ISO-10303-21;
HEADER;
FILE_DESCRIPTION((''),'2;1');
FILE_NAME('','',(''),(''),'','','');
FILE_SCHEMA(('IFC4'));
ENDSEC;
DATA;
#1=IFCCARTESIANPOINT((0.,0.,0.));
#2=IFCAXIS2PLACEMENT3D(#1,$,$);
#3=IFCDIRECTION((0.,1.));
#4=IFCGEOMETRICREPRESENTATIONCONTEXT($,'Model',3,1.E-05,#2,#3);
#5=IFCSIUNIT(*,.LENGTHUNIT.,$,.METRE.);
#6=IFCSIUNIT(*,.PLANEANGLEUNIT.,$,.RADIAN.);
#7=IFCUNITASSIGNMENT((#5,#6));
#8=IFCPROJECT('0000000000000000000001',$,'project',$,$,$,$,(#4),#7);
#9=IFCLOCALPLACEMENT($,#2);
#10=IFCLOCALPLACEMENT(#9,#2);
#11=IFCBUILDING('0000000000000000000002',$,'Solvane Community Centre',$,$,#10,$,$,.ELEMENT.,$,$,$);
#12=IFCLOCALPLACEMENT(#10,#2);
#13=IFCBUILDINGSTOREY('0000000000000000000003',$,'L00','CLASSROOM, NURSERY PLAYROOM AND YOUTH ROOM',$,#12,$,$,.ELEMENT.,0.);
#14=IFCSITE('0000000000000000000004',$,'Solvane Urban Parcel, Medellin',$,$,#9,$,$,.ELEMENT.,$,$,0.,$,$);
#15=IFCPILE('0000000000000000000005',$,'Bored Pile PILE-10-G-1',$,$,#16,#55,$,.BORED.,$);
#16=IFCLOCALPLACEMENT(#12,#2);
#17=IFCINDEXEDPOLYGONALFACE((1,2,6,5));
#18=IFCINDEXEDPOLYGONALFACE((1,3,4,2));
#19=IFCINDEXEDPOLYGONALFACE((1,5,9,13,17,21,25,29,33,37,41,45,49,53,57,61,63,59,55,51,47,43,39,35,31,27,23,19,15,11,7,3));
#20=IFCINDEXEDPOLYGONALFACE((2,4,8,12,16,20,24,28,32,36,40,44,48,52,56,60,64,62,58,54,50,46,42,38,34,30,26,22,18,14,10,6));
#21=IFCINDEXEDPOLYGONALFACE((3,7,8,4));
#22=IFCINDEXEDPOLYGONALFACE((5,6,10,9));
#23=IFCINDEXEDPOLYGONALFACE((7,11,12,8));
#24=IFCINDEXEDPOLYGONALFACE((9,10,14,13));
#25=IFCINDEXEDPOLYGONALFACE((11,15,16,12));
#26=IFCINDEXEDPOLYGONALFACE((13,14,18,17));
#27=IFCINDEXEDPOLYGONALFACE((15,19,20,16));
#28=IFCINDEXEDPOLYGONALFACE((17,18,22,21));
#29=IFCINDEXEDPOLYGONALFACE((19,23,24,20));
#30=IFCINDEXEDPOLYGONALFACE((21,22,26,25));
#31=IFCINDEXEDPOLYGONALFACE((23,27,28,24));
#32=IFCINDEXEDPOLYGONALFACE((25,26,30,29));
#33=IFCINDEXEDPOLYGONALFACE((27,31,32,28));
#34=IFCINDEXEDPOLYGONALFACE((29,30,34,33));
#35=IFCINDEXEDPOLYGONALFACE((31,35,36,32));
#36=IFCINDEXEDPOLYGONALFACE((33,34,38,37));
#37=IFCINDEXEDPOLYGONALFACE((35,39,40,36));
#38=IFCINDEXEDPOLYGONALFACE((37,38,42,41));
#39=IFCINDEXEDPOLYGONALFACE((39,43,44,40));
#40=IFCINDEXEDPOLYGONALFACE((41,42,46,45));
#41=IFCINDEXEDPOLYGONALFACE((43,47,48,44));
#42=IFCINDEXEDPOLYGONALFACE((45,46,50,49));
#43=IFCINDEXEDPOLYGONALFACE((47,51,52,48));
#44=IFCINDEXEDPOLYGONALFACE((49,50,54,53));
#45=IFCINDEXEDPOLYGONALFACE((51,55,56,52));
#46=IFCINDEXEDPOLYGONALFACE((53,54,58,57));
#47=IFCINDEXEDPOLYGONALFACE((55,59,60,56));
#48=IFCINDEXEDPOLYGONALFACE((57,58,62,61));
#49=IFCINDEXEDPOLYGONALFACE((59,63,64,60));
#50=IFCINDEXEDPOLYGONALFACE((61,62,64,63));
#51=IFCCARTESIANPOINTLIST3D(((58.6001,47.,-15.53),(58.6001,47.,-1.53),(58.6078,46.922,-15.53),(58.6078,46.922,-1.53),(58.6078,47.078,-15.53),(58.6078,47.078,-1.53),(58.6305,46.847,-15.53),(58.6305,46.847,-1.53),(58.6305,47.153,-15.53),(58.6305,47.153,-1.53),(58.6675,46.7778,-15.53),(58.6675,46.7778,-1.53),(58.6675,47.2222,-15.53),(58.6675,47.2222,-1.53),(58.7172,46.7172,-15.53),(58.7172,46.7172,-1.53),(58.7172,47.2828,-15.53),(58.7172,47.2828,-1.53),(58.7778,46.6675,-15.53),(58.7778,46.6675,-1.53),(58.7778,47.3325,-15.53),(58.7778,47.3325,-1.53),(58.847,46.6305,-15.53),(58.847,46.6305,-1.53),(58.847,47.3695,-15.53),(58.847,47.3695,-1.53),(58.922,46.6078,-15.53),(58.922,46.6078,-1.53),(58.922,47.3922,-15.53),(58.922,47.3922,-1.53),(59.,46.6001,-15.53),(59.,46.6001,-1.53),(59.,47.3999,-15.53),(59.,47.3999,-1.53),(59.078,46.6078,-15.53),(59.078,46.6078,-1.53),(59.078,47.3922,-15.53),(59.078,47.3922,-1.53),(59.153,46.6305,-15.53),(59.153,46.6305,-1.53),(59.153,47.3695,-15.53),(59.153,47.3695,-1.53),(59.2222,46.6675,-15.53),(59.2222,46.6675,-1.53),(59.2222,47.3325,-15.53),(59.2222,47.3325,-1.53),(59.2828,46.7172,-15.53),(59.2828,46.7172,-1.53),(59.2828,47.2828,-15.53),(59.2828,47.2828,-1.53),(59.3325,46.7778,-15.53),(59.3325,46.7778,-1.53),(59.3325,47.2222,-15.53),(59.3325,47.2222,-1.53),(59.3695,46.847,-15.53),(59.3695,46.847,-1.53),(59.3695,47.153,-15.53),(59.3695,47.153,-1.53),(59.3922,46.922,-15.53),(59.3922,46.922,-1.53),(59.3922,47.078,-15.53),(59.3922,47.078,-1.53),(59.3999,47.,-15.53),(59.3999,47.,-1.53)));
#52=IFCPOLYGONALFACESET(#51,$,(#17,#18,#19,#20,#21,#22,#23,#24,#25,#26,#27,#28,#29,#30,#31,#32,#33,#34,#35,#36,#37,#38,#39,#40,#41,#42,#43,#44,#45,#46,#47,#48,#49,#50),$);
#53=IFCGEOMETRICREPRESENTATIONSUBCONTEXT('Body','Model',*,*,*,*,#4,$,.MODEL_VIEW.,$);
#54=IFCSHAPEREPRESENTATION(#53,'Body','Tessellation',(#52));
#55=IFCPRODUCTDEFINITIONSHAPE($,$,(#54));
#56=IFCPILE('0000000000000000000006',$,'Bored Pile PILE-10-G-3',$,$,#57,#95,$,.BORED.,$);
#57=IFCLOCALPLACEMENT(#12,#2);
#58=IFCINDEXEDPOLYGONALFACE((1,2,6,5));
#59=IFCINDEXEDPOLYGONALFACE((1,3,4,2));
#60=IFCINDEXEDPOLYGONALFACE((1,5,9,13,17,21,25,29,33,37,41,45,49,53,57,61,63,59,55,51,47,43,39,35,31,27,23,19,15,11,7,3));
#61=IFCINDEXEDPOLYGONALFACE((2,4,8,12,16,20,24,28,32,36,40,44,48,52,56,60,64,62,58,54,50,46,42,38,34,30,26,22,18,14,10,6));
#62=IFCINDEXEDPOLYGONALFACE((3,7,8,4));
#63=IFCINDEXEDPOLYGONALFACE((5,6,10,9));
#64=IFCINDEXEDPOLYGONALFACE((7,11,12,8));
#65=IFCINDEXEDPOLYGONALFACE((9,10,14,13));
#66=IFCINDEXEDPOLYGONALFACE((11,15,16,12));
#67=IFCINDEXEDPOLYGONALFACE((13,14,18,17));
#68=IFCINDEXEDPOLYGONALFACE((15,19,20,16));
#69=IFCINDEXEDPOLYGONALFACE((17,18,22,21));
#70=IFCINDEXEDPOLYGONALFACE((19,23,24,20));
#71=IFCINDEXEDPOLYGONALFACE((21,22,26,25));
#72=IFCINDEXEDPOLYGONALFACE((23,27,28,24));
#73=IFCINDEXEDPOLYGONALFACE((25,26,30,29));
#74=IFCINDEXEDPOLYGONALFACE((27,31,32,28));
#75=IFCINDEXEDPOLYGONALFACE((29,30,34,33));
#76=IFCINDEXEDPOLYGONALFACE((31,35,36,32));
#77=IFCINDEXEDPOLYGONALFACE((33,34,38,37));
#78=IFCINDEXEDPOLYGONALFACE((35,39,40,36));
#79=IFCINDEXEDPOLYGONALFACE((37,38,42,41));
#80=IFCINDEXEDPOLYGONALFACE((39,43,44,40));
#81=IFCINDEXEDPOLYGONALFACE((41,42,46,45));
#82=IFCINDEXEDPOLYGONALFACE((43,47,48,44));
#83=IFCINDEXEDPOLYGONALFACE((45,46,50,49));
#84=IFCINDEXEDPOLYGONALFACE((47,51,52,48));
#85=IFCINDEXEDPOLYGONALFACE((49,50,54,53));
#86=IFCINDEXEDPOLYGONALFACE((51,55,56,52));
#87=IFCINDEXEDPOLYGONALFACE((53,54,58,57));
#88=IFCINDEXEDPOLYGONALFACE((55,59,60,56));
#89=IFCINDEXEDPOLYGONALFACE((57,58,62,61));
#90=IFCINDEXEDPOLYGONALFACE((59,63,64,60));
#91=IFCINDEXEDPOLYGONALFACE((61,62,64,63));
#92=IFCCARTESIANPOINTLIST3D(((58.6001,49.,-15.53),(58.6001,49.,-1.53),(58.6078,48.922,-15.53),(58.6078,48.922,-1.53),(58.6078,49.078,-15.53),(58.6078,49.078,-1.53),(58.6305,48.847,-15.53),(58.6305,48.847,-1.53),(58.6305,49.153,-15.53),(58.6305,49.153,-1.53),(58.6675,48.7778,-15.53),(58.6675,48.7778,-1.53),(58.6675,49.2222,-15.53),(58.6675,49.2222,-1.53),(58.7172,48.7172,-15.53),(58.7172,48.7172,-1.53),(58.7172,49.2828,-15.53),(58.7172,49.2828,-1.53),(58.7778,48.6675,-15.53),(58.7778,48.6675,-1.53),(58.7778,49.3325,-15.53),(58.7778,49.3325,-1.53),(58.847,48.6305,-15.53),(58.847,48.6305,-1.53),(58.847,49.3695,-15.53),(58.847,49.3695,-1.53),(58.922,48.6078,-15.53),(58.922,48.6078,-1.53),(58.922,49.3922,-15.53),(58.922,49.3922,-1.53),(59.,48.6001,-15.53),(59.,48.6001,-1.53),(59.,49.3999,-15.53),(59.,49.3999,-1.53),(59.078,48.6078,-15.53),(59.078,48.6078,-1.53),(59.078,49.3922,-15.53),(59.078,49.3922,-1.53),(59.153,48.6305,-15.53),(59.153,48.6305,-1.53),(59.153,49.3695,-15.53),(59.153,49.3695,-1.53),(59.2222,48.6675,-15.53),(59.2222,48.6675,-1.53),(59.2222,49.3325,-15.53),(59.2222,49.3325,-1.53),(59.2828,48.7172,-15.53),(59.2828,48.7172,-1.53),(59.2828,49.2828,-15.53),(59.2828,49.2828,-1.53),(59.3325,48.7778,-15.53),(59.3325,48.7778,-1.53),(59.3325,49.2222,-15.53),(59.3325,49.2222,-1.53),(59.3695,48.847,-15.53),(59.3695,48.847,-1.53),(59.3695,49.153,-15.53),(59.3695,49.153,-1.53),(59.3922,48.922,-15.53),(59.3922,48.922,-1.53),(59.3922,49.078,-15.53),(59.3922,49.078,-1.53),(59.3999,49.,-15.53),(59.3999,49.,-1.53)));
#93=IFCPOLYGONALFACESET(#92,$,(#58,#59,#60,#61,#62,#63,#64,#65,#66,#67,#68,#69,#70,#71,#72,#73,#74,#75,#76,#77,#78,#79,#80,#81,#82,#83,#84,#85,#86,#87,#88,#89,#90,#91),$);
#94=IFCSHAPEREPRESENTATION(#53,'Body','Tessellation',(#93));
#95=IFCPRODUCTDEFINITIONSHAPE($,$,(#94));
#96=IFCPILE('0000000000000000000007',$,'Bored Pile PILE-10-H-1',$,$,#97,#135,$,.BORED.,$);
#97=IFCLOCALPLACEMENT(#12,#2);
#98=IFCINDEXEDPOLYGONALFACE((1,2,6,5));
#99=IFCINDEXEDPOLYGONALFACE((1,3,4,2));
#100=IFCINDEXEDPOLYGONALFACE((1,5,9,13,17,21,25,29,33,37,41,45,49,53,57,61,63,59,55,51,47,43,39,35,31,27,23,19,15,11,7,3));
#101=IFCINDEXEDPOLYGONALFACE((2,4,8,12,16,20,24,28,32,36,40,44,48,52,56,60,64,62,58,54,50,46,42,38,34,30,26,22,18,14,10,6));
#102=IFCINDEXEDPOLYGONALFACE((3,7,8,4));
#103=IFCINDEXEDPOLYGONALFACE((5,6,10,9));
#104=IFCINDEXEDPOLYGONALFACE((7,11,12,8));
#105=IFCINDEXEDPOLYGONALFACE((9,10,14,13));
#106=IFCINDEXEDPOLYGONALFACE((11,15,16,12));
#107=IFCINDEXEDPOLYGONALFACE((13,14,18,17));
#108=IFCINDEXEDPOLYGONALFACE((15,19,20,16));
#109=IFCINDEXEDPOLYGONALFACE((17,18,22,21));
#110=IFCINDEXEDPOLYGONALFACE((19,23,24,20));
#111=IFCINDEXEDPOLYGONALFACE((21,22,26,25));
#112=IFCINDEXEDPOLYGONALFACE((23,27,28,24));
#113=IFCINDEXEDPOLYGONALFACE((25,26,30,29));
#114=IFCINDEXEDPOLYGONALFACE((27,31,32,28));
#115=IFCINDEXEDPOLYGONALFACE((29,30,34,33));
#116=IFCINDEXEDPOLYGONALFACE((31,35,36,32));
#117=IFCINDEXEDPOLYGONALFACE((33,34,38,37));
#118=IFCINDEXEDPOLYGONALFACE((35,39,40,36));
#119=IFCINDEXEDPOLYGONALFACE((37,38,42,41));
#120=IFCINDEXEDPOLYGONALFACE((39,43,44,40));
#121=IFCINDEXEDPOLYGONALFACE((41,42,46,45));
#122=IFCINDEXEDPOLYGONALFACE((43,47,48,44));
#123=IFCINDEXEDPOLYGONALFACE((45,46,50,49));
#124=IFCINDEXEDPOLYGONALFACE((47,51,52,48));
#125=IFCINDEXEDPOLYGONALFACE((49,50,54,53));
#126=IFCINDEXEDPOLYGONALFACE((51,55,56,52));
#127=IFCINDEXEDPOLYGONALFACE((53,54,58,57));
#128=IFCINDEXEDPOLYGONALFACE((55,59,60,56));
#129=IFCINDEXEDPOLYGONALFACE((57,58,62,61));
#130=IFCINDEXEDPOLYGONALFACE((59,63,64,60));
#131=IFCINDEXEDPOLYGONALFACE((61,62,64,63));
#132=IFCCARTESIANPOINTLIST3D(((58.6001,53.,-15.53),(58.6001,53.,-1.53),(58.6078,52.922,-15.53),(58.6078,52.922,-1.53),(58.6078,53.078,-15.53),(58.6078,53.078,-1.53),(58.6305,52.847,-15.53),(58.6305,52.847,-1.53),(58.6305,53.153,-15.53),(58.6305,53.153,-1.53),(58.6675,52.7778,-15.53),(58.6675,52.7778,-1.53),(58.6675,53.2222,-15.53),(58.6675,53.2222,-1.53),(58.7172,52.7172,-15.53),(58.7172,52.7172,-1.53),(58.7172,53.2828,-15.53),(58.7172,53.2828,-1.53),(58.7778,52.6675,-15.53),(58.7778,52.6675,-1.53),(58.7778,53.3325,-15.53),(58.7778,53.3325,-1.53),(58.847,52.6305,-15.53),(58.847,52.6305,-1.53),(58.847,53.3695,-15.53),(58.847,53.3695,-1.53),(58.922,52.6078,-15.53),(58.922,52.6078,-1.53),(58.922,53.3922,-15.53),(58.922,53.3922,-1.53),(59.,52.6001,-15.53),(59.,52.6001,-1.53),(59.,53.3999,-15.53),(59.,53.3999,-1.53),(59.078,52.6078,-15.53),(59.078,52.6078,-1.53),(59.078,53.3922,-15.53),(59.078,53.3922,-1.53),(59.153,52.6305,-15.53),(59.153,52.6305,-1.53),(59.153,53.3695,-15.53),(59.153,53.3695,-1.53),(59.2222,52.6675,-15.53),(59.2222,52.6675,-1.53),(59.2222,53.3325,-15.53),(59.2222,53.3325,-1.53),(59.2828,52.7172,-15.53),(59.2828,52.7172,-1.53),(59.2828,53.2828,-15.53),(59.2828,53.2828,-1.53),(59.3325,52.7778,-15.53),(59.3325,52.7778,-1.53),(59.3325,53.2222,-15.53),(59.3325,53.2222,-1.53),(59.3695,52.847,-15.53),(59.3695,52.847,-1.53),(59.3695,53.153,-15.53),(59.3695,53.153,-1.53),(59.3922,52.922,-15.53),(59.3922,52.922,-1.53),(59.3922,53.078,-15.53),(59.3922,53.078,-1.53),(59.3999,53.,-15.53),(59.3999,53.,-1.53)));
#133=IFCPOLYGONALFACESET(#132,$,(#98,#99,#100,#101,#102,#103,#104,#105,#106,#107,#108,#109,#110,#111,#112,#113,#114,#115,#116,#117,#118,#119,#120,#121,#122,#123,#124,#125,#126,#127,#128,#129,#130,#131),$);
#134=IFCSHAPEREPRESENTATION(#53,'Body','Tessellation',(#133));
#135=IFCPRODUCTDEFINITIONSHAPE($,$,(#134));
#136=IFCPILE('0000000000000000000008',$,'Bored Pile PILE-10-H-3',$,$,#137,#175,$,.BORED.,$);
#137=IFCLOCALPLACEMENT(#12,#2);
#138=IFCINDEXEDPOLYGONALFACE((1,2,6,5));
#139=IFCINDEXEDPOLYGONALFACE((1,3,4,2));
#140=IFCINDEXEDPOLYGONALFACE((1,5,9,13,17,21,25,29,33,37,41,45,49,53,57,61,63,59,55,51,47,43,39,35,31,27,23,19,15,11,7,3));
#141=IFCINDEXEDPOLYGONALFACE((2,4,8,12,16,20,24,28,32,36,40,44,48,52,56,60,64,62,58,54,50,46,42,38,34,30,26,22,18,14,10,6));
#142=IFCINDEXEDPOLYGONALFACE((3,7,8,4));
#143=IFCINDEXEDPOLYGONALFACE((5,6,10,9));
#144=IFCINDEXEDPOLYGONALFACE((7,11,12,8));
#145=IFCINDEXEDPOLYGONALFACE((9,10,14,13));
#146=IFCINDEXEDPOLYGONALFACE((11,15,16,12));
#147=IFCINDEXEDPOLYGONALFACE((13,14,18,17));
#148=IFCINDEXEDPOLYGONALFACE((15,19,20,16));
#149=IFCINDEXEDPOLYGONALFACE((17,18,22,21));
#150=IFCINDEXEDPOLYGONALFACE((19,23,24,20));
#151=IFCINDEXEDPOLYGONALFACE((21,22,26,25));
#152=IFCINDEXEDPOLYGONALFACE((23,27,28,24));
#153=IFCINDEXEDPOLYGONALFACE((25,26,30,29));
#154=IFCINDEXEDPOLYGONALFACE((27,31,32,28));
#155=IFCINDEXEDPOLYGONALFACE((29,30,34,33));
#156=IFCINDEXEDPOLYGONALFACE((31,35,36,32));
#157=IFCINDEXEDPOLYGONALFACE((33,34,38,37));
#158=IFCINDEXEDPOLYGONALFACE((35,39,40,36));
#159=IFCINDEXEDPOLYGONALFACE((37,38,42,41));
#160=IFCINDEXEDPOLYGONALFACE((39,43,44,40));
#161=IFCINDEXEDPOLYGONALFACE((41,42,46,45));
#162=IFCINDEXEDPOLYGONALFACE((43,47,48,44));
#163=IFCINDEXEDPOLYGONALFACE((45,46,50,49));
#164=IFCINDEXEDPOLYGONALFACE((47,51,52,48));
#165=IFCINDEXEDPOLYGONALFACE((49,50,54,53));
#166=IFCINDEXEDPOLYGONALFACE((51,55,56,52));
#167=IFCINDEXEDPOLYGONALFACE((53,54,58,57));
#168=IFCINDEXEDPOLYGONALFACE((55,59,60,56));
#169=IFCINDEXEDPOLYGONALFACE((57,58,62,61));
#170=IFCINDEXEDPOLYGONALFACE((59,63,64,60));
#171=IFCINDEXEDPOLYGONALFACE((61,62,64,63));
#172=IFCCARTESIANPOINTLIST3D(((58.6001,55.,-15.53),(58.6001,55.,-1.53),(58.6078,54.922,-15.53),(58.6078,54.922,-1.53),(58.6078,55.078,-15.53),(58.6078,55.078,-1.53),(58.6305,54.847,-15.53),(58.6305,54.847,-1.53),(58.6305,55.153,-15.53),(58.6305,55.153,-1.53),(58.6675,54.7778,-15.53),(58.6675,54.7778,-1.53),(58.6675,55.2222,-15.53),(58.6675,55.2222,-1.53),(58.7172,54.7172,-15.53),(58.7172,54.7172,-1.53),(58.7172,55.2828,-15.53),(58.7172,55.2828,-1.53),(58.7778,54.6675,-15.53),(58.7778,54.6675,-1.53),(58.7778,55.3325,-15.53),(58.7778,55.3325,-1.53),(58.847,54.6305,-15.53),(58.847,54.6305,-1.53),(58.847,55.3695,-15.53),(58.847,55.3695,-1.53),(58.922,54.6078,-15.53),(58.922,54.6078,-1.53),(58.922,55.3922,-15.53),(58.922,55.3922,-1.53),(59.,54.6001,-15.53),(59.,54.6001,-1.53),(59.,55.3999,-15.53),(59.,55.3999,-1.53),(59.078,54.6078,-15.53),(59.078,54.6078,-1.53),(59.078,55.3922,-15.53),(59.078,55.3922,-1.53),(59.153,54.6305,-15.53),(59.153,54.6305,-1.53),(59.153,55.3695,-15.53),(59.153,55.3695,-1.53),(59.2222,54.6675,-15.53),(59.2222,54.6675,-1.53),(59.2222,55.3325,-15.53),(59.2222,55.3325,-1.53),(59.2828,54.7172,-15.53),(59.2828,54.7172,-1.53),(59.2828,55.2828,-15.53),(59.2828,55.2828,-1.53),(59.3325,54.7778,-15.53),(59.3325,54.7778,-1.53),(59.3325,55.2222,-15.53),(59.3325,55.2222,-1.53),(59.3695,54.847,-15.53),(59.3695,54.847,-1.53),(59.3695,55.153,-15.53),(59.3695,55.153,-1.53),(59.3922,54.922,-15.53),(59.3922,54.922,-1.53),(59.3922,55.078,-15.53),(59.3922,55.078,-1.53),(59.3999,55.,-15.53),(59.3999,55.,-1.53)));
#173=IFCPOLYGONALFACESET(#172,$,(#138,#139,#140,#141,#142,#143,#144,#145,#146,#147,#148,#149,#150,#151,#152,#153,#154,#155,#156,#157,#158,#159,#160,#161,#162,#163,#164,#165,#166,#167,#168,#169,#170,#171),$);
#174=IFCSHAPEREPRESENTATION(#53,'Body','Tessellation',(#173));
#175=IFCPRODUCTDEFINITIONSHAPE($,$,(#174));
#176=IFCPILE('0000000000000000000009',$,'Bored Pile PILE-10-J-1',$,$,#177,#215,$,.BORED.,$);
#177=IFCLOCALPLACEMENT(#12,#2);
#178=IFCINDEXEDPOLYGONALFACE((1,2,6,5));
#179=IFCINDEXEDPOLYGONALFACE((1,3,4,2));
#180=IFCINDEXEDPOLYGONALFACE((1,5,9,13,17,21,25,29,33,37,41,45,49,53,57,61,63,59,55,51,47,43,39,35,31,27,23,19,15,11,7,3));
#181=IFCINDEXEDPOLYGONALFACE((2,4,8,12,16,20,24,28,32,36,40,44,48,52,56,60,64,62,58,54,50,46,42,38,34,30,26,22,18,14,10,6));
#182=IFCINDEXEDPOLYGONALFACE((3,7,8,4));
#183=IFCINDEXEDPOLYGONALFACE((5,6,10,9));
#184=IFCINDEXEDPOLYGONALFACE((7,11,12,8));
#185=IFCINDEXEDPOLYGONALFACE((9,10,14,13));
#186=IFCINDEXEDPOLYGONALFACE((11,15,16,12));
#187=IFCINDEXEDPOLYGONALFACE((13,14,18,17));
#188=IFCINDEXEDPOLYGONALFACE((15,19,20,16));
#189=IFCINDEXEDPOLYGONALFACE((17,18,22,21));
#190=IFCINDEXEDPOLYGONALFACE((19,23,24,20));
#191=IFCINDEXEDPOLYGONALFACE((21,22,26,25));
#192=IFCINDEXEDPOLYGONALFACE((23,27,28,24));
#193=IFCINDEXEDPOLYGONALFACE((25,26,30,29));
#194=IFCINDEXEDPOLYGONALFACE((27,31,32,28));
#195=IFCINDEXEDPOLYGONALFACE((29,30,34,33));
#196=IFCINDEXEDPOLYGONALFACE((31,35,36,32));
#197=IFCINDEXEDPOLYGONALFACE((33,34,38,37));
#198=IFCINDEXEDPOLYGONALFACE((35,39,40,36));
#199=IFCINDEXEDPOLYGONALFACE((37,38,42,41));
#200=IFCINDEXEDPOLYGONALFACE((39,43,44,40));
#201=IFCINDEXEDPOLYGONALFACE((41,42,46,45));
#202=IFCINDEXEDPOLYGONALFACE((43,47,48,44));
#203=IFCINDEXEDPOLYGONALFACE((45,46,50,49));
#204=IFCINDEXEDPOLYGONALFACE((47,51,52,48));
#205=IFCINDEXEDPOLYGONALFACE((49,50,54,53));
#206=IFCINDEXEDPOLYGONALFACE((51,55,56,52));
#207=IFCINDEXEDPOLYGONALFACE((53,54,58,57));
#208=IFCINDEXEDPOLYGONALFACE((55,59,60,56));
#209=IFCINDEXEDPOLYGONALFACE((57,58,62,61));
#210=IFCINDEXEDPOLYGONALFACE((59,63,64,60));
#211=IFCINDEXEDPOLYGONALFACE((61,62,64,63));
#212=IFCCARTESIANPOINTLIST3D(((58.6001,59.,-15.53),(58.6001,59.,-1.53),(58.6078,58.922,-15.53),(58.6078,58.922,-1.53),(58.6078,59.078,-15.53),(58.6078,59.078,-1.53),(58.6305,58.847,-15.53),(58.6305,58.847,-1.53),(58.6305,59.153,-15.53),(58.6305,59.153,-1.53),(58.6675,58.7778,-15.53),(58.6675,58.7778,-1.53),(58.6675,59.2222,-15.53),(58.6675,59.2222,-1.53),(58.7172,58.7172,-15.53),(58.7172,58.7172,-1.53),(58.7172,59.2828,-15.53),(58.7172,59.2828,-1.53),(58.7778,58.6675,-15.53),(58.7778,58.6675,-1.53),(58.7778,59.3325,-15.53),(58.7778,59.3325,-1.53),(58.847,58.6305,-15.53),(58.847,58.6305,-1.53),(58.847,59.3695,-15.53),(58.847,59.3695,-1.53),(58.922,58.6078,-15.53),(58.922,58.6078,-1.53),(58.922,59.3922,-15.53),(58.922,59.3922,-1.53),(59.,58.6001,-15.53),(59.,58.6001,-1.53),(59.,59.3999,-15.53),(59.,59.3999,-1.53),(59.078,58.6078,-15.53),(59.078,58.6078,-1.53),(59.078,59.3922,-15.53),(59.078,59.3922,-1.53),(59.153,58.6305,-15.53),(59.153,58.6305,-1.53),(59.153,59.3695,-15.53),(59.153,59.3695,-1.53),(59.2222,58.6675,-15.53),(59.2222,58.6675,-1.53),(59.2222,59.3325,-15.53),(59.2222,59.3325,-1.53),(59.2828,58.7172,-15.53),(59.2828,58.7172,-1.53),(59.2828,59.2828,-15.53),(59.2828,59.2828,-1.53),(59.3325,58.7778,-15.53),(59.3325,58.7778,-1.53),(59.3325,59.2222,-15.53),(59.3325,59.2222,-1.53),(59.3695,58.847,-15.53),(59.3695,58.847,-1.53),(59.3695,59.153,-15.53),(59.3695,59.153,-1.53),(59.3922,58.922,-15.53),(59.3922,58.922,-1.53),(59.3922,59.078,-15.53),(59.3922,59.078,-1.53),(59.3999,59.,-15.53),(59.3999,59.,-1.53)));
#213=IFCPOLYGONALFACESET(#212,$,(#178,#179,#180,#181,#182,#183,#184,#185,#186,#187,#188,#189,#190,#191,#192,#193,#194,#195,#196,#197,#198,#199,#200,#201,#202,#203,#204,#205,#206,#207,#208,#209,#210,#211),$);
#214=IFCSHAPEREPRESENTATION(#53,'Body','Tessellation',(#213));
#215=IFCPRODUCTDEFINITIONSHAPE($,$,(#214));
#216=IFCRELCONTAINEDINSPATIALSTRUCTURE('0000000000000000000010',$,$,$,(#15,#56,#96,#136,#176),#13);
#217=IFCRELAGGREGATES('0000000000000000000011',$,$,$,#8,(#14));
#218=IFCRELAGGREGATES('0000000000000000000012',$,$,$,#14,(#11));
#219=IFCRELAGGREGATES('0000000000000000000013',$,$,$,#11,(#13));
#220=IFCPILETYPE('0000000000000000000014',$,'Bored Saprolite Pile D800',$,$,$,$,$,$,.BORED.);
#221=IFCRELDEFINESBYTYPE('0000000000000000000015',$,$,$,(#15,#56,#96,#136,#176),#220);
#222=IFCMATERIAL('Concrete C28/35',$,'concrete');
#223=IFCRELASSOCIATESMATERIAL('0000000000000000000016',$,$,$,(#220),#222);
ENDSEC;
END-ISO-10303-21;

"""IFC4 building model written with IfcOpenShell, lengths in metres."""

from ifc_helpers import new_model, si_unit, direction, frame, origin, origin_2d, place, context, subcontext, project, spatial, circle, extrude, material, material_profile, profile_set, type_object, element, save


model = new_model("IFC4")

# Units and contexts
model_context = context("Model", 3, precision=1e-05, world=origin(), true_north=direction((0.0, 1.0)))
body_context = subcontext(model_context, "Body", "Model", "MODEL_VIEW")
ifc_project = project(units=[si_unit("LENGTHUNIT", "METRE"), si_unit("PLANEANGLEUNIT", "RADIAN")], contexts=[model_context])

# Site, building, storey
site_placement = place(None, origin())
site = spatial("IfcSite", under=ifc_project, at=site_placement, Name="Solvane Urban Parcel, Medellin", CompositionType="ELEMENT", RefElevation=0.0)
building_placement = place(site_placement, origin())
building = spatial("IfcBuilding", under=site, at=building_placement, Name="Solvane Community Centre", CompositionType="ELEMENT")
storey_placement = place(building_placement, origin())
storey = spatial("IfcBuildingStorey", under=building, at=storey_placement, Name="L00", Description="CLASSROOM, NURSERY PLAYROOM AND YOUTH ROOM", CompositionType="ELEMENT", Elevation=0.0)

# Piles
ifc_material_1 = material(Name="Concrete C28/35", Category="concrete")
ifc_material_profile_1 = material_profile(ifc_material_1, circle(Radius=0.3999, at=origin_2d()), Name="PILE D800")
ifc_profile_set_1 = profile_set([ifc_material_profile_1], Name="Concrete C28/35")
pile_type = type_object("IfcPileType", Name="Bored Saprolite Pile D800", PredefinedType="BORED", material=ifc_profile_set_1)
for number, where, z_axis, x_axis, name in (
    (1, (59.0, 47.0, -1.53), (0.0, 0.0, -1.0), (1.0, 0.0, 0.0), "Bored Pile PILE-10-G-1"),
    (2, (59.0, 49.0, -1.53), (0.0, 0.0, -1.0), (1.0, 0.0, 0.0), "Bored Pile PILE-10-G-3"),
    (3, (59.0, 53.0, -1.53), (0.0, 0.0, -1.0), (1.0, 0.0, 0.0), "Bored Pile PILE-10-H-1"),
    (4, (59.0, 55.0, -1.53), (0.0, 0.0, -1.0), (1.0, 0.0, 0.0), "Bored Pile PILE-10-H-3"),
    (5, (59.0, 59.0, -1.53), (0.0, 0.0, -1.0), (1.0, 0.0, 0.0), "Bored Pile PILE-10-J-1"),
):
    element("IfcPile", number, at=place(storey_placement, frame(where, z_axis=z_axis, x_axis=x_axis)), inside=storey, type_object=pile_type, Name=name, PredefinedType="BORED", context=body_context, shape_type="SweptSolid", body=[
        extrude(circle(Radius=0.3999, at=origin_2d()), origin(), (0.0, 0.0, 1.0), 14.0),
    ])

save(model, "model.ifc")
